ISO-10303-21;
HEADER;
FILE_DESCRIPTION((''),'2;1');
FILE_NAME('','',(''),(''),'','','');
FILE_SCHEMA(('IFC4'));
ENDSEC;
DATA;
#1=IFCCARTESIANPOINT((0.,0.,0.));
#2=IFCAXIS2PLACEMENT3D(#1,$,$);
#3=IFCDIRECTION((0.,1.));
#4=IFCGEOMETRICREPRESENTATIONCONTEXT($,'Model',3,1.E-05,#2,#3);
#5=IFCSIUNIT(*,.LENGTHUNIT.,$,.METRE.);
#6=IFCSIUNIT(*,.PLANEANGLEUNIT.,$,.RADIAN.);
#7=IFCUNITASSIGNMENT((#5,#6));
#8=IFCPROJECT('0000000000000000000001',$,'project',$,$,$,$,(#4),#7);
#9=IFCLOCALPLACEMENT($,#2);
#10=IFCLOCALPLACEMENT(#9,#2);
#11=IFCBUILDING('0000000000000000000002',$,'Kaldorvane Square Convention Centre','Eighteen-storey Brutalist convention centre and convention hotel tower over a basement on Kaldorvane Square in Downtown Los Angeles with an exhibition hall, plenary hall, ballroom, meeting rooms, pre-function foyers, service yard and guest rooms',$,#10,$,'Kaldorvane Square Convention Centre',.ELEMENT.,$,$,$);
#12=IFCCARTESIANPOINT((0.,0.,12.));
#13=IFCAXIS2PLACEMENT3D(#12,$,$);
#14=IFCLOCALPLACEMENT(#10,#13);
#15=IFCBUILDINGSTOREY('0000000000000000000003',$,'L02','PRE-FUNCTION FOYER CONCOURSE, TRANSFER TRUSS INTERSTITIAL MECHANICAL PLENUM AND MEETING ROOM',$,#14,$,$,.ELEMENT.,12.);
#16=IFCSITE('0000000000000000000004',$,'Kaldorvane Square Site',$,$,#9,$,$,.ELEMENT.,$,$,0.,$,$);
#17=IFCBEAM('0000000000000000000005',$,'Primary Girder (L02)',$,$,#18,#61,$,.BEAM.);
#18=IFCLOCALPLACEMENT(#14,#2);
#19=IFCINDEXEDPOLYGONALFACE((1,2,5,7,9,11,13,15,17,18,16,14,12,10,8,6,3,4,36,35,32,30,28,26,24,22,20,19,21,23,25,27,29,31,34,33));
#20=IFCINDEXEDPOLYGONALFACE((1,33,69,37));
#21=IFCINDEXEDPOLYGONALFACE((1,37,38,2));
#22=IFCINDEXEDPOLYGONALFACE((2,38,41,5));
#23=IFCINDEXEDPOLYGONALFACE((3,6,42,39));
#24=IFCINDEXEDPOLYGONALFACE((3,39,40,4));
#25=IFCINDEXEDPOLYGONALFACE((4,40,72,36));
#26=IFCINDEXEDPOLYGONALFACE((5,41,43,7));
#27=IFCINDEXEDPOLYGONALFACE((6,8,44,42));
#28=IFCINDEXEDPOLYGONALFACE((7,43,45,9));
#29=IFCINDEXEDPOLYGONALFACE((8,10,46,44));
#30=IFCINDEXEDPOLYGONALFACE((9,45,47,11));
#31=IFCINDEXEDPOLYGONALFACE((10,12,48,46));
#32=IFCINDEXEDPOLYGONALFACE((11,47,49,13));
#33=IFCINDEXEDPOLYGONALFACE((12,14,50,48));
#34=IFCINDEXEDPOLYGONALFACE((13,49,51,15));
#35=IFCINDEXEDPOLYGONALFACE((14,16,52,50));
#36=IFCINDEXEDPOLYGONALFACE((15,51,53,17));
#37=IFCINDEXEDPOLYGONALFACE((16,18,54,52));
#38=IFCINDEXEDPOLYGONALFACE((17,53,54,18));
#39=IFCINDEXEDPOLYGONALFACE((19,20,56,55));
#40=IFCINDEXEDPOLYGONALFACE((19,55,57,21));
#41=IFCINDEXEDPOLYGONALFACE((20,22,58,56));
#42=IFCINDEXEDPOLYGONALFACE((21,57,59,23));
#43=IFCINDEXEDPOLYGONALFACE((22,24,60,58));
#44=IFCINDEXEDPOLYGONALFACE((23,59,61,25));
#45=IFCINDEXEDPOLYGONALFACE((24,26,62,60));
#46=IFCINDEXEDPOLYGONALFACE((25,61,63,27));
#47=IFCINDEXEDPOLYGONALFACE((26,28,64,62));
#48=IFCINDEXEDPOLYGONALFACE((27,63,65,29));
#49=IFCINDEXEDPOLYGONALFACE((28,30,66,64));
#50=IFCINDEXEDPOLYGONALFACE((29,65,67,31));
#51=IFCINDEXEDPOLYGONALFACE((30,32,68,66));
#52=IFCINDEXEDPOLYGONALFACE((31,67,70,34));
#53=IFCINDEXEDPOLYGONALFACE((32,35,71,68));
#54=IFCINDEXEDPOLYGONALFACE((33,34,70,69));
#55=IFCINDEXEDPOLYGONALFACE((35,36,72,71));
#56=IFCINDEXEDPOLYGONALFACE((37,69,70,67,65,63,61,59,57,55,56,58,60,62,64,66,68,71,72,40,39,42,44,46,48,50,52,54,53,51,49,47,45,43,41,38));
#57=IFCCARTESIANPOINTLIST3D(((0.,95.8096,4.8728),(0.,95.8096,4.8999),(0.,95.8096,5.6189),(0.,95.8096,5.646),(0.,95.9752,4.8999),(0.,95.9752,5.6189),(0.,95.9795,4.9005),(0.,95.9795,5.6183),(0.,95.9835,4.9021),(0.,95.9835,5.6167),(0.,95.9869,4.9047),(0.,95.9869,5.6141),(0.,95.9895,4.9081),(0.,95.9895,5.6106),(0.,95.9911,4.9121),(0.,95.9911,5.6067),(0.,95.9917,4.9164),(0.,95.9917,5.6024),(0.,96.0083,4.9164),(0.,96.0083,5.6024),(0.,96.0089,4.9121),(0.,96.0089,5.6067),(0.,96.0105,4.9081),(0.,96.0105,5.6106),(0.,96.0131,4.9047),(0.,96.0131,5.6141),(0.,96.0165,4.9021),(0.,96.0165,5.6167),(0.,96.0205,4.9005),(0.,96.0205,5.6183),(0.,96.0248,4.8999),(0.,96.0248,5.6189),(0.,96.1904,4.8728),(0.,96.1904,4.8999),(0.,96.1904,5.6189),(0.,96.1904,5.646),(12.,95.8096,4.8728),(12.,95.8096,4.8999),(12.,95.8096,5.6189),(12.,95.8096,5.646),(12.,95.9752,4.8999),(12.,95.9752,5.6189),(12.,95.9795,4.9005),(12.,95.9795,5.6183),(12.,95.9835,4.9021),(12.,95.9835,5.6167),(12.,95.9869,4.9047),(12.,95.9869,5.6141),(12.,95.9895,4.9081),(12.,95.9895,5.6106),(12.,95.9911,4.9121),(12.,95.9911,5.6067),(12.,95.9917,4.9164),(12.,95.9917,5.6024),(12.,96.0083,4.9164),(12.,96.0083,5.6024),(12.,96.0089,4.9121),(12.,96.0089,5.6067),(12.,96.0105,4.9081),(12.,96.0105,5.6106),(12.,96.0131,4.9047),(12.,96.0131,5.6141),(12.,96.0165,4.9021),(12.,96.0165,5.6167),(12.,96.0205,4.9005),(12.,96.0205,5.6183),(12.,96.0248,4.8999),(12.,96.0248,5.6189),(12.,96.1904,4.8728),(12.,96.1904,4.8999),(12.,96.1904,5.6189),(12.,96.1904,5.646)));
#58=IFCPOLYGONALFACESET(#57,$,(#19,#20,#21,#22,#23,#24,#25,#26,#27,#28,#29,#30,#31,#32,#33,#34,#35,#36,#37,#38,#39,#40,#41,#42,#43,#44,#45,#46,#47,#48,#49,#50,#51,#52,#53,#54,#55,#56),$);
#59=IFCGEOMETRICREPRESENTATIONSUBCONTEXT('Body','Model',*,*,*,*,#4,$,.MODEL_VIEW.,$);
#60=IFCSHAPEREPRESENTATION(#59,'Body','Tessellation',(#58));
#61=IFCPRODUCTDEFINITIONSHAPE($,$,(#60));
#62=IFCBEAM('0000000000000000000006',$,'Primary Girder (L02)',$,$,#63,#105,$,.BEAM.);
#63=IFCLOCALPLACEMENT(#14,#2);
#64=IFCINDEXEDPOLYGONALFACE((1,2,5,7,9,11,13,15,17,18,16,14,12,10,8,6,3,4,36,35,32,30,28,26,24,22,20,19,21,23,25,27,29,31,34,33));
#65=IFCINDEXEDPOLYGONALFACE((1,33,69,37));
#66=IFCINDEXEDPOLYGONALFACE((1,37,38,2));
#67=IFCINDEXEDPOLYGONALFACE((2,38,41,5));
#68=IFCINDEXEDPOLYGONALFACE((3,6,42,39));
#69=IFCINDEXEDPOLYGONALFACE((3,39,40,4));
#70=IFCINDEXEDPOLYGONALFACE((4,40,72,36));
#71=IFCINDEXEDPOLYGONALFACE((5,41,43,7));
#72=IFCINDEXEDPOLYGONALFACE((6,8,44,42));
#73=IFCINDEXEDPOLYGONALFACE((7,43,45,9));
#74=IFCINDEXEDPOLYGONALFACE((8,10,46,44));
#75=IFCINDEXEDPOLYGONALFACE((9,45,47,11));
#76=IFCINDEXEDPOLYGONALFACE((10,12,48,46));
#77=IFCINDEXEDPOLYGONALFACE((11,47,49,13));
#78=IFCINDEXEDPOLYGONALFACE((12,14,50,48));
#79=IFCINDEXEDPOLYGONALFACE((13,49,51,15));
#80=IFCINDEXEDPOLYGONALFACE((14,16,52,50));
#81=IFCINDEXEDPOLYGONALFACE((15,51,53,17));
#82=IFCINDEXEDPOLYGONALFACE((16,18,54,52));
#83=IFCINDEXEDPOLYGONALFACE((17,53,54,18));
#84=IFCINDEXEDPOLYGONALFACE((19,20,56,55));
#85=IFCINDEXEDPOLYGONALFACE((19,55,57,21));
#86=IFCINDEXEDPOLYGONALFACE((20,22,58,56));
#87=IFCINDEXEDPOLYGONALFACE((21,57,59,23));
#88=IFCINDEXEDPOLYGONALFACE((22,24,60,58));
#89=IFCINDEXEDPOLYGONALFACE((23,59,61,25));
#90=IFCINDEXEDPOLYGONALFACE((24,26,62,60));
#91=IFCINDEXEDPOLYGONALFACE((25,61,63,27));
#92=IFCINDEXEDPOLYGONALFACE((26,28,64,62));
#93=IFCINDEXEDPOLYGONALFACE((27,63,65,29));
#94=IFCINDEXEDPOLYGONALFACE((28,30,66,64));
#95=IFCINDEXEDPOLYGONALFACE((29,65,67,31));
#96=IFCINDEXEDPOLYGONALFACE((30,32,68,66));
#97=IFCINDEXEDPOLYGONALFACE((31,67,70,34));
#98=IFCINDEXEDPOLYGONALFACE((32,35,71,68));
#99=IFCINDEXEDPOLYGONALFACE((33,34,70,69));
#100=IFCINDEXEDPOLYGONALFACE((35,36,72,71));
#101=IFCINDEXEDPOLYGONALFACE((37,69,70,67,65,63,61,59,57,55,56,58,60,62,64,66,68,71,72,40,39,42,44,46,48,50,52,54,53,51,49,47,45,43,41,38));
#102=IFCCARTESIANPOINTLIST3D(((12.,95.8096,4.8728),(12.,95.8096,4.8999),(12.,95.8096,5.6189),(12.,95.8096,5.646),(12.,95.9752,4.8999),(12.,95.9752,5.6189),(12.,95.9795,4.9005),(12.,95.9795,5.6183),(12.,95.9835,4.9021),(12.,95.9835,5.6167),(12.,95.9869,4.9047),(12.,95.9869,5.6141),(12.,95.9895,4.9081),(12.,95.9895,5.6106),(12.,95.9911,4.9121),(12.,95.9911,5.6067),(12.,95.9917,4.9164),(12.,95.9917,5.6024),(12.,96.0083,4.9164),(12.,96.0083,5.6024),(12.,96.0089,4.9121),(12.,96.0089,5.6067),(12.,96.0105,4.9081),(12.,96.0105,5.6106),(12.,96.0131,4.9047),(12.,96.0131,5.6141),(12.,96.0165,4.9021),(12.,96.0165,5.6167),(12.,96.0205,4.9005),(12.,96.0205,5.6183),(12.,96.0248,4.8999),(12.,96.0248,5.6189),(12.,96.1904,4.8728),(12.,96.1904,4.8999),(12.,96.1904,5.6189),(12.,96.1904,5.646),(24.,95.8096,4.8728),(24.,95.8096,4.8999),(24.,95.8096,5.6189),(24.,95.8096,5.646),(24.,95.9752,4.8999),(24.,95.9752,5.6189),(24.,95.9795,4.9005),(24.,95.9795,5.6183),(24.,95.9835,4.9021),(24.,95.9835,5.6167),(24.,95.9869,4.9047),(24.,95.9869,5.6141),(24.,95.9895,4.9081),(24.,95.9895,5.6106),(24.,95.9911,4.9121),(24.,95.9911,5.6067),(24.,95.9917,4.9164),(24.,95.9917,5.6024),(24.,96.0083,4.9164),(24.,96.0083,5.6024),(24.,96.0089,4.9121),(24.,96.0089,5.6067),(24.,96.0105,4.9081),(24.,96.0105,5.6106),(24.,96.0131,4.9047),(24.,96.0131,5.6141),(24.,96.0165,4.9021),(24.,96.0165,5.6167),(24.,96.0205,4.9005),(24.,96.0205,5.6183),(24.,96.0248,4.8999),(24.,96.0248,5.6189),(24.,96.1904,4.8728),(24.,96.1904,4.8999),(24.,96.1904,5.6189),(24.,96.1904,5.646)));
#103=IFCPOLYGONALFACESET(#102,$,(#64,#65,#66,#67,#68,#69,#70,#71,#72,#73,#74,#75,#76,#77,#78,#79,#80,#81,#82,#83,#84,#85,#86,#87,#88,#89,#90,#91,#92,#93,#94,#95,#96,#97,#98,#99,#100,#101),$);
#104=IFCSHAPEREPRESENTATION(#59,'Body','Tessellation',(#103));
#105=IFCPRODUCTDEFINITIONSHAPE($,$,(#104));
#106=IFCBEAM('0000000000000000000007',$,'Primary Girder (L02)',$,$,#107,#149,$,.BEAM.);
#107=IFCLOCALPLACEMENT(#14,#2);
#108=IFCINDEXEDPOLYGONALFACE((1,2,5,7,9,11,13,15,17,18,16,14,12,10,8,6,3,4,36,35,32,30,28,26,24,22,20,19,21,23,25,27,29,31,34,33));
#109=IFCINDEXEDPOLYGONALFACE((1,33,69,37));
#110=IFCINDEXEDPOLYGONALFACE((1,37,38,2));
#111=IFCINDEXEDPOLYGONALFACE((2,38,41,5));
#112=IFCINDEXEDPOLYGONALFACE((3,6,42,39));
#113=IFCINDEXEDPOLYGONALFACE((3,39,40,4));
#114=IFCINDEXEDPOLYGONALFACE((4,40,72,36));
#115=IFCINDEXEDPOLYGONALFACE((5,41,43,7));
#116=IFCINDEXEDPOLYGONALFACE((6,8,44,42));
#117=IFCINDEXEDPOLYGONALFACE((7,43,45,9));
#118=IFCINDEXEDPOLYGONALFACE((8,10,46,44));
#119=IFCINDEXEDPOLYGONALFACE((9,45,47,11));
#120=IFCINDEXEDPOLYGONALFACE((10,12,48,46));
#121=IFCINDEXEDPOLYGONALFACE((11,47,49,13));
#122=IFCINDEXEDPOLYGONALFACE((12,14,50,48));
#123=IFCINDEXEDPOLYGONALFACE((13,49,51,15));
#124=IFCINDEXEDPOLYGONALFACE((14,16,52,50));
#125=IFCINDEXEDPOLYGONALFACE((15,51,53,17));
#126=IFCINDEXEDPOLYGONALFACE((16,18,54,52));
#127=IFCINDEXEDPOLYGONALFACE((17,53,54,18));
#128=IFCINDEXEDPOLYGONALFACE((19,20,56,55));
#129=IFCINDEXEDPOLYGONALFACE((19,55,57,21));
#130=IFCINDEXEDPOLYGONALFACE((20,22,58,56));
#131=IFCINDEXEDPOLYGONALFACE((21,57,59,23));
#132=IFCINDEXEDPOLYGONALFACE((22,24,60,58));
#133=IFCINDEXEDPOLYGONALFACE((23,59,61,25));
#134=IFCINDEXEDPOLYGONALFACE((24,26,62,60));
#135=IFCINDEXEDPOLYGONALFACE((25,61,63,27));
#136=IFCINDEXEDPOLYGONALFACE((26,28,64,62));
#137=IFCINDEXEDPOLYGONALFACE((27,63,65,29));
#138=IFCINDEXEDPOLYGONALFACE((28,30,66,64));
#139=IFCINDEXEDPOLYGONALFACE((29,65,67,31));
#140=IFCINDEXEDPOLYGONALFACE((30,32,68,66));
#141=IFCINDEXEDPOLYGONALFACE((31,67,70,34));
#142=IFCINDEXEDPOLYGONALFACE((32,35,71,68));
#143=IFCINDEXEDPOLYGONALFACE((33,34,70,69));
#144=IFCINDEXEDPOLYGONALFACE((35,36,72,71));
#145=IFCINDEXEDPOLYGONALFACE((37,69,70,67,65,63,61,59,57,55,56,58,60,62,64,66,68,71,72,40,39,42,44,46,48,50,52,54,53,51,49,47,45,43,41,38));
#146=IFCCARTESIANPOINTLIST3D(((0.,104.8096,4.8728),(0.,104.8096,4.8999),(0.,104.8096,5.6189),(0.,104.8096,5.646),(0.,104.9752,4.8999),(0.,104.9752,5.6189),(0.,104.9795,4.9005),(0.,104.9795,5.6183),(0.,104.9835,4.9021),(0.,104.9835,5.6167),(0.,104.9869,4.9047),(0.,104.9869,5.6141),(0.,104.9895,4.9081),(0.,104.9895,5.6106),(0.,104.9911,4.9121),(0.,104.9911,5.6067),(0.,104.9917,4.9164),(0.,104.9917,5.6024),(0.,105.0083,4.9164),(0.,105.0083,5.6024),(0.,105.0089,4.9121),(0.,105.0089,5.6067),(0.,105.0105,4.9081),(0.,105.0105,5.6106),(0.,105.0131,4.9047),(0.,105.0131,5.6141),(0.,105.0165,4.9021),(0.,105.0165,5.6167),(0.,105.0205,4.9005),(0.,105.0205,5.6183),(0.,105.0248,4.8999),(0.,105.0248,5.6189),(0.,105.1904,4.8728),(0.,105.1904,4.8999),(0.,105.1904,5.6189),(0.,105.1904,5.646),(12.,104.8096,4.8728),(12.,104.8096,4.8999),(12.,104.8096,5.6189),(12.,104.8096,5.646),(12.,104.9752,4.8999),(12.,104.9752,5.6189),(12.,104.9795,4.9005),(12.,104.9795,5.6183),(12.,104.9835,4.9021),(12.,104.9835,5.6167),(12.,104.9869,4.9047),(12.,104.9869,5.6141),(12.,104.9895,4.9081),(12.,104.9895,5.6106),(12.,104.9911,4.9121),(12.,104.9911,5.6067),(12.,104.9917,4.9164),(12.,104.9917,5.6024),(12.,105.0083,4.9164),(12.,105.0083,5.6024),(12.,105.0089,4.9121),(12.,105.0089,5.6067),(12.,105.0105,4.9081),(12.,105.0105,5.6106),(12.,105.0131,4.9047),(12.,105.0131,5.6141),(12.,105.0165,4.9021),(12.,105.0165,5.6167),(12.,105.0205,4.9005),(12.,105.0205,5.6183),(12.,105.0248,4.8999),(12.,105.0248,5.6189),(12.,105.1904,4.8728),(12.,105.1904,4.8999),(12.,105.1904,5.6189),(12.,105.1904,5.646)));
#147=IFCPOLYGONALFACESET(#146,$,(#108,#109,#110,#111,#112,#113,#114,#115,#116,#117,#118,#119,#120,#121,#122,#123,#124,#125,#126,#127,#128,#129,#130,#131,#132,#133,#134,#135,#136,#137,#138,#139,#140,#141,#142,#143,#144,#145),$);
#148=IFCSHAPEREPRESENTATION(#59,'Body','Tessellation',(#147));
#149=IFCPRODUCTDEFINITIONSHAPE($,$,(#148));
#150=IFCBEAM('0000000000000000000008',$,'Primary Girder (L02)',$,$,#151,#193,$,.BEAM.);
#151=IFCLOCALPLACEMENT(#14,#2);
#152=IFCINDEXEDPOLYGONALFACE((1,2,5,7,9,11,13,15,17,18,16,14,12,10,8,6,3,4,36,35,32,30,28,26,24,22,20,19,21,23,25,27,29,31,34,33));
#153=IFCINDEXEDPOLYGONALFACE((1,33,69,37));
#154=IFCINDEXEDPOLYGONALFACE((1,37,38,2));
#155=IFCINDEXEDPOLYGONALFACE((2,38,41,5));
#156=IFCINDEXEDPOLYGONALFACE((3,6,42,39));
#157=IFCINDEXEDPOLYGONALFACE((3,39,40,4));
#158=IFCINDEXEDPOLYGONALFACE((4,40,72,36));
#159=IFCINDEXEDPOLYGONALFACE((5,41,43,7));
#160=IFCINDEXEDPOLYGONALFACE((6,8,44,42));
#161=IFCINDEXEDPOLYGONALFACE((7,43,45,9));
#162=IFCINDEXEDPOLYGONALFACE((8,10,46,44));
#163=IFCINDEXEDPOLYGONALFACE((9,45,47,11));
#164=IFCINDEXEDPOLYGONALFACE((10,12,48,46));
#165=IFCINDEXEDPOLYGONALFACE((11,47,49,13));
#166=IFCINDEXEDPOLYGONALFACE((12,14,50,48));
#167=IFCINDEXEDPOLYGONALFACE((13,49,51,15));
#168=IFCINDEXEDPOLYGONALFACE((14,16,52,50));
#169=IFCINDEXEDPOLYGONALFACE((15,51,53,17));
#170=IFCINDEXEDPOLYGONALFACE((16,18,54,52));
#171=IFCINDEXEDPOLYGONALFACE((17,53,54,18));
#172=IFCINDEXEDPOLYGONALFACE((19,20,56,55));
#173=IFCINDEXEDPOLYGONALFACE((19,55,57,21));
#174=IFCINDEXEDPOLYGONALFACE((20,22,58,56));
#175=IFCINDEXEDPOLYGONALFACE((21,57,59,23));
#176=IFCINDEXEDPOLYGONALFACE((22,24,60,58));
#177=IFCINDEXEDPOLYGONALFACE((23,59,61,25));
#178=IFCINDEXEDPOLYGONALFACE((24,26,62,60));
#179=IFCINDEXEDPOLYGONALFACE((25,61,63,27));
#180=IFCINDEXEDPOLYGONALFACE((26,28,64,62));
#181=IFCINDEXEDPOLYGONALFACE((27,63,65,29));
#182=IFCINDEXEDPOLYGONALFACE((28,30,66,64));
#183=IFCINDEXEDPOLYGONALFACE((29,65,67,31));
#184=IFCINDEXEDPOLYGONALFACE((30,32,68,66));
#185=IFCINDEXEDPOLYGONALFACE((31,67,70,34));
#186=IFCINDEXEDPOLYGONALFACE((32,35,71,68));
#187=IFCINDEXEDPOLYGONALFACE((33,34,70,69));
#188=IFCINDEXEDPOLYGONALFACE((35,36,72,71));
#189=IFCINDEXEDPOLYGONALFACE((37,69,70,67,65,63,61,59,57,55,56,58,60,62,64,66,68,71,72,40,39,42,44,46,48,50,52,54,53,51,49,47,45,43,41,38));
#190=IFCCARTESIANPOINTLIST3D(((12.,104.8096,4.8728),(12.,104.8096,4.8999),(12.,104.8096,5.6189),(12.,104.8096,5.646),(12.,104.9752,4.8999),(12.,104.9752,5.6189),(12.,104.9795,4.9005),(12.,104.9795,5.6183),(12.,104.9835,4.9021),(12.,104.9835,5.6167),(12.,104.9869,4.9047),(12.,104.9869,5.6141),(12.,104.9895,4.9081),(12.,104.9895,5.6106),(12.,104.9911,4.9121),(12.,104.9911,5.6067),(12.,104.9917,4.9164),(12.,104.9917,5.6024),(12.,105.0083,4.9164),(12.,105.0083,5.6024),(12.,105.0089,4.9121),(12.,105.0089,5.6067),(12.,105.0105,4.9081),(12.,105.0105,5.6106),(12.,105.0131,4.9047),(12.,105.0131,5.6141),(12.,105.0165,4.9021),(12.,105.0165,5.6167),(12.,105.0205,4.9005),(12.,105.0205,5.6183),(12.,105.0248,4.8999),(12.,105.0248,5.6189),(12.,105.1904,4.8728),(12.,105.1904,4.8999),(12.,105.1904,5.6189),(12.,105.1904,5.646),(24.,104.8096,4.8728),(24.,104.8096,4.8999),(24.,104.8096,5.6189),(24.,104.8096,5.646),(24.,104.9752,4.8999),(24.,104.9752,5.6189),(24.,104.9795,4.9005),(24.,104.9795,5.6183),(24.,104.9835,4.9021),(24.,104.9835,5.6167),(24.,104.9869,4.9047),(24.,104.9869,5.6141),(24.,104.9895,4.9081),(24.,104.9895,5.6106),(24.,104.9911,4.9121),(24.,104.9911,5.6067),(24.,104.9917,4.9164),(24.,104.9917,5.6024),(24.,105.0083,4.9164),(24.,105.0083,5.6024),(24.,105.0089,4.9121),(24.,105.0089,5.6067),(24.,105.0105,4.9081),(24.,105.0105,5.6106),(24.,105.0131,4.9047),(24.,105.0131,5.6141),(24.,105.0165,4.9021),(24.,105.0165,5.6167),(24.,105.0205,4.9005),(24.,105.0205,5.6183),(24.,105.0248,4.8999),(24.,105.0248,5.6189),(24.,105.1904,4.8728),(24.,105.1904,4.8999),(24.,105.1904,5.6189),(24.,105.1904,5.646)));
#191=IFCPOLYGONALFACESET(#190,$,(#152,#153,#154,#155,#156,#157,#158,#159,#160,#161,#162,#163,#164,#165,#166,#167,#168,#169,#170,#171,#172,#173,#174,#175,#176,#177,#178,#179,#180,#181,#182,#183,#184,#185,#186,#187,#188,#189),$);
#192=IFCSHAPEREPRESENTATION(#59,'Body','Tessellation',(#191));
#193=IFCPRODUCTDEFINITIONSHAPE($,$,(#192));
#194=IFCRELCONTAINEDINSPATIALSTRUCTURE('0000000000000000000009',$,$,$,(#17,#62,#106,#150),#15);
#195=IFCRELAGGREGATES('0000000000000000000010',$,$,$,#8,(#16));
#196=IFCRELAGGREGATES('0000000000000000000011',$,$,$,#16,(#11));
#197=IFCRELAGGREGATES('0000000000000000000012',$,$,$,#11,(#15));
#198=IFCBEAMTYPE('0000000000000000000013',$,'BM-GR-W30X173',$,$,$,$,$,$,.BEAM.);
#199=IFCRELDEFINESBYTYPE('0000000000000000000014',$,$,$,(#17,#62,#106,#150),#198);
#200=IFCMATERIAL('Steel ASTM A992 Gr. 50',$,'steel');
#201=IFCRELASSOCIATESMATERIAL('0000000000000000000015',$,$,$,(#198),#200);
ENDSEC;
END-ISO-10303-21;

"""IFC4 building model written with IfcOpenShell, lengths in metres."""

from ifc_helpers import new_model, si_unit, direction, frame, origin, origin_2d, place, context, subcontext, project, spatial, i_section, extrude, material, material_profile, profile_set, type_object, element, save


model = new_model("IFC4")

# Units and contexts
model_context = context("Model", 3, precision=1e-05, world=origin(), true_north=direction((0.0, 1.0)))
body_context = subcontext(model_context, "Body", "Model", "MODEL_VIEW")
ifc_project = project(units=[si_unit("LENGTHUNIT", "METRE"), si_unit("PLANEANGLEUNIT", "RADIAN")], contexts=[model_context])

# Site, building, storey
site_placement = place(None, origin())
site = spatial("IfcSite", under=ifc_project, at=site_placement, Name="Kaldorvane Square Site", CompositionType="ELEMENT", RefElevation=0.0)
building_placement = place(site_placement, origin())
building = spatial("IfcBuilding", under=site, at=building_placement, Name="Kaldorvane Square Convention Centre", Description="Eighteen-storey Brutalist convention centre and convention hotel tower over a basement on Kaldorvane Square in Downtown Los Angeles with an exhibition hall, plenary hall, ballroom, meeting rooms, pre-function foyers, service yard and guest rooms", LongName="Kaldorvane Square Convention Centre", CompositionType="ELEMENT")
storey_placement = place(building_placement, frame((0.0, 0.0, 12.0)))
storey = spatial("IfcBuildingStorey", under=building, at=storey_placement, Name="L02", Description="PRE-FUNCTION FOYER CONCOURSE, TRANSFER TRUSS INTERSTITIAL MECHANICAL PLENUM AND MEETING ROOM", CompositionType="ELEMENT", Elevation=12.0)

# Shared definitions
ifc_material_1 = material(Name="Steel ASTM A992 Gr. 50", Category="steel")

# Beams
ifc_material_profile_1 = material_profile(ifc_material_1, i_section(OverallWidth=0.3807, OverallDepth=0.7732, WebThickness=0.0166, FlangeThickness=0.0271, FilletRadius=0.0165, at=origin_2d()), Name="W30X173")
ifc_profile_set_1 = profile_set([ifc_material_profile_1], Name="Steel ASTM A992 Gr. 50")
beam_type_1 = type_object("IfcBeamType", Name="BM-GR-W30X173", PredefinedType="BEAM", material=ifc_profile_set_1)
for number, where, z_axis, x_axis, name in (
    (1, (0.0, 96.0, 5.2594), (1.0, 0.0, 0.0), (0.0, 1.0, 0.0), "Primary Girder (L02)"),
    (2, (12.0, 96.0, 5.2594), (1.0, 0.0, 0.0), (0.0, 1.0, 0.0), "Primary Girder (L02)"),
    (3, (0.0, 105.0, 5.2594), (1.0, 0.0, 0.0), (0.0, 1.0, 0.0), "Primary Girder (L02)"),
    (4, (12.0, 105.0, 5.2594), (1.0, 0.0, 0.0), (0.0, 1.0, 0.0), "Primary Girder (L02)"),
):
    element("IfcBeam", number, at=place(storey_placement, frame(where, z_axis=z_axis, x_axis=x_axis)), inside=storey, type_object=beam_type_1, Name=name, PredefinedType="BEAM", context=body_context, shape_type="SweptSolid", body=[
        extrude(i_section(OverallWidth=0.3807, OverallDepth=0.7732, WebThickness=0.0166, FlangeThickness=0.0271, FilletRadius=0.0165, at=origin_2d()), origin(), (0.0, 0.0, 1.0), 12.0),
    ])

save(model, "model.ifc")
